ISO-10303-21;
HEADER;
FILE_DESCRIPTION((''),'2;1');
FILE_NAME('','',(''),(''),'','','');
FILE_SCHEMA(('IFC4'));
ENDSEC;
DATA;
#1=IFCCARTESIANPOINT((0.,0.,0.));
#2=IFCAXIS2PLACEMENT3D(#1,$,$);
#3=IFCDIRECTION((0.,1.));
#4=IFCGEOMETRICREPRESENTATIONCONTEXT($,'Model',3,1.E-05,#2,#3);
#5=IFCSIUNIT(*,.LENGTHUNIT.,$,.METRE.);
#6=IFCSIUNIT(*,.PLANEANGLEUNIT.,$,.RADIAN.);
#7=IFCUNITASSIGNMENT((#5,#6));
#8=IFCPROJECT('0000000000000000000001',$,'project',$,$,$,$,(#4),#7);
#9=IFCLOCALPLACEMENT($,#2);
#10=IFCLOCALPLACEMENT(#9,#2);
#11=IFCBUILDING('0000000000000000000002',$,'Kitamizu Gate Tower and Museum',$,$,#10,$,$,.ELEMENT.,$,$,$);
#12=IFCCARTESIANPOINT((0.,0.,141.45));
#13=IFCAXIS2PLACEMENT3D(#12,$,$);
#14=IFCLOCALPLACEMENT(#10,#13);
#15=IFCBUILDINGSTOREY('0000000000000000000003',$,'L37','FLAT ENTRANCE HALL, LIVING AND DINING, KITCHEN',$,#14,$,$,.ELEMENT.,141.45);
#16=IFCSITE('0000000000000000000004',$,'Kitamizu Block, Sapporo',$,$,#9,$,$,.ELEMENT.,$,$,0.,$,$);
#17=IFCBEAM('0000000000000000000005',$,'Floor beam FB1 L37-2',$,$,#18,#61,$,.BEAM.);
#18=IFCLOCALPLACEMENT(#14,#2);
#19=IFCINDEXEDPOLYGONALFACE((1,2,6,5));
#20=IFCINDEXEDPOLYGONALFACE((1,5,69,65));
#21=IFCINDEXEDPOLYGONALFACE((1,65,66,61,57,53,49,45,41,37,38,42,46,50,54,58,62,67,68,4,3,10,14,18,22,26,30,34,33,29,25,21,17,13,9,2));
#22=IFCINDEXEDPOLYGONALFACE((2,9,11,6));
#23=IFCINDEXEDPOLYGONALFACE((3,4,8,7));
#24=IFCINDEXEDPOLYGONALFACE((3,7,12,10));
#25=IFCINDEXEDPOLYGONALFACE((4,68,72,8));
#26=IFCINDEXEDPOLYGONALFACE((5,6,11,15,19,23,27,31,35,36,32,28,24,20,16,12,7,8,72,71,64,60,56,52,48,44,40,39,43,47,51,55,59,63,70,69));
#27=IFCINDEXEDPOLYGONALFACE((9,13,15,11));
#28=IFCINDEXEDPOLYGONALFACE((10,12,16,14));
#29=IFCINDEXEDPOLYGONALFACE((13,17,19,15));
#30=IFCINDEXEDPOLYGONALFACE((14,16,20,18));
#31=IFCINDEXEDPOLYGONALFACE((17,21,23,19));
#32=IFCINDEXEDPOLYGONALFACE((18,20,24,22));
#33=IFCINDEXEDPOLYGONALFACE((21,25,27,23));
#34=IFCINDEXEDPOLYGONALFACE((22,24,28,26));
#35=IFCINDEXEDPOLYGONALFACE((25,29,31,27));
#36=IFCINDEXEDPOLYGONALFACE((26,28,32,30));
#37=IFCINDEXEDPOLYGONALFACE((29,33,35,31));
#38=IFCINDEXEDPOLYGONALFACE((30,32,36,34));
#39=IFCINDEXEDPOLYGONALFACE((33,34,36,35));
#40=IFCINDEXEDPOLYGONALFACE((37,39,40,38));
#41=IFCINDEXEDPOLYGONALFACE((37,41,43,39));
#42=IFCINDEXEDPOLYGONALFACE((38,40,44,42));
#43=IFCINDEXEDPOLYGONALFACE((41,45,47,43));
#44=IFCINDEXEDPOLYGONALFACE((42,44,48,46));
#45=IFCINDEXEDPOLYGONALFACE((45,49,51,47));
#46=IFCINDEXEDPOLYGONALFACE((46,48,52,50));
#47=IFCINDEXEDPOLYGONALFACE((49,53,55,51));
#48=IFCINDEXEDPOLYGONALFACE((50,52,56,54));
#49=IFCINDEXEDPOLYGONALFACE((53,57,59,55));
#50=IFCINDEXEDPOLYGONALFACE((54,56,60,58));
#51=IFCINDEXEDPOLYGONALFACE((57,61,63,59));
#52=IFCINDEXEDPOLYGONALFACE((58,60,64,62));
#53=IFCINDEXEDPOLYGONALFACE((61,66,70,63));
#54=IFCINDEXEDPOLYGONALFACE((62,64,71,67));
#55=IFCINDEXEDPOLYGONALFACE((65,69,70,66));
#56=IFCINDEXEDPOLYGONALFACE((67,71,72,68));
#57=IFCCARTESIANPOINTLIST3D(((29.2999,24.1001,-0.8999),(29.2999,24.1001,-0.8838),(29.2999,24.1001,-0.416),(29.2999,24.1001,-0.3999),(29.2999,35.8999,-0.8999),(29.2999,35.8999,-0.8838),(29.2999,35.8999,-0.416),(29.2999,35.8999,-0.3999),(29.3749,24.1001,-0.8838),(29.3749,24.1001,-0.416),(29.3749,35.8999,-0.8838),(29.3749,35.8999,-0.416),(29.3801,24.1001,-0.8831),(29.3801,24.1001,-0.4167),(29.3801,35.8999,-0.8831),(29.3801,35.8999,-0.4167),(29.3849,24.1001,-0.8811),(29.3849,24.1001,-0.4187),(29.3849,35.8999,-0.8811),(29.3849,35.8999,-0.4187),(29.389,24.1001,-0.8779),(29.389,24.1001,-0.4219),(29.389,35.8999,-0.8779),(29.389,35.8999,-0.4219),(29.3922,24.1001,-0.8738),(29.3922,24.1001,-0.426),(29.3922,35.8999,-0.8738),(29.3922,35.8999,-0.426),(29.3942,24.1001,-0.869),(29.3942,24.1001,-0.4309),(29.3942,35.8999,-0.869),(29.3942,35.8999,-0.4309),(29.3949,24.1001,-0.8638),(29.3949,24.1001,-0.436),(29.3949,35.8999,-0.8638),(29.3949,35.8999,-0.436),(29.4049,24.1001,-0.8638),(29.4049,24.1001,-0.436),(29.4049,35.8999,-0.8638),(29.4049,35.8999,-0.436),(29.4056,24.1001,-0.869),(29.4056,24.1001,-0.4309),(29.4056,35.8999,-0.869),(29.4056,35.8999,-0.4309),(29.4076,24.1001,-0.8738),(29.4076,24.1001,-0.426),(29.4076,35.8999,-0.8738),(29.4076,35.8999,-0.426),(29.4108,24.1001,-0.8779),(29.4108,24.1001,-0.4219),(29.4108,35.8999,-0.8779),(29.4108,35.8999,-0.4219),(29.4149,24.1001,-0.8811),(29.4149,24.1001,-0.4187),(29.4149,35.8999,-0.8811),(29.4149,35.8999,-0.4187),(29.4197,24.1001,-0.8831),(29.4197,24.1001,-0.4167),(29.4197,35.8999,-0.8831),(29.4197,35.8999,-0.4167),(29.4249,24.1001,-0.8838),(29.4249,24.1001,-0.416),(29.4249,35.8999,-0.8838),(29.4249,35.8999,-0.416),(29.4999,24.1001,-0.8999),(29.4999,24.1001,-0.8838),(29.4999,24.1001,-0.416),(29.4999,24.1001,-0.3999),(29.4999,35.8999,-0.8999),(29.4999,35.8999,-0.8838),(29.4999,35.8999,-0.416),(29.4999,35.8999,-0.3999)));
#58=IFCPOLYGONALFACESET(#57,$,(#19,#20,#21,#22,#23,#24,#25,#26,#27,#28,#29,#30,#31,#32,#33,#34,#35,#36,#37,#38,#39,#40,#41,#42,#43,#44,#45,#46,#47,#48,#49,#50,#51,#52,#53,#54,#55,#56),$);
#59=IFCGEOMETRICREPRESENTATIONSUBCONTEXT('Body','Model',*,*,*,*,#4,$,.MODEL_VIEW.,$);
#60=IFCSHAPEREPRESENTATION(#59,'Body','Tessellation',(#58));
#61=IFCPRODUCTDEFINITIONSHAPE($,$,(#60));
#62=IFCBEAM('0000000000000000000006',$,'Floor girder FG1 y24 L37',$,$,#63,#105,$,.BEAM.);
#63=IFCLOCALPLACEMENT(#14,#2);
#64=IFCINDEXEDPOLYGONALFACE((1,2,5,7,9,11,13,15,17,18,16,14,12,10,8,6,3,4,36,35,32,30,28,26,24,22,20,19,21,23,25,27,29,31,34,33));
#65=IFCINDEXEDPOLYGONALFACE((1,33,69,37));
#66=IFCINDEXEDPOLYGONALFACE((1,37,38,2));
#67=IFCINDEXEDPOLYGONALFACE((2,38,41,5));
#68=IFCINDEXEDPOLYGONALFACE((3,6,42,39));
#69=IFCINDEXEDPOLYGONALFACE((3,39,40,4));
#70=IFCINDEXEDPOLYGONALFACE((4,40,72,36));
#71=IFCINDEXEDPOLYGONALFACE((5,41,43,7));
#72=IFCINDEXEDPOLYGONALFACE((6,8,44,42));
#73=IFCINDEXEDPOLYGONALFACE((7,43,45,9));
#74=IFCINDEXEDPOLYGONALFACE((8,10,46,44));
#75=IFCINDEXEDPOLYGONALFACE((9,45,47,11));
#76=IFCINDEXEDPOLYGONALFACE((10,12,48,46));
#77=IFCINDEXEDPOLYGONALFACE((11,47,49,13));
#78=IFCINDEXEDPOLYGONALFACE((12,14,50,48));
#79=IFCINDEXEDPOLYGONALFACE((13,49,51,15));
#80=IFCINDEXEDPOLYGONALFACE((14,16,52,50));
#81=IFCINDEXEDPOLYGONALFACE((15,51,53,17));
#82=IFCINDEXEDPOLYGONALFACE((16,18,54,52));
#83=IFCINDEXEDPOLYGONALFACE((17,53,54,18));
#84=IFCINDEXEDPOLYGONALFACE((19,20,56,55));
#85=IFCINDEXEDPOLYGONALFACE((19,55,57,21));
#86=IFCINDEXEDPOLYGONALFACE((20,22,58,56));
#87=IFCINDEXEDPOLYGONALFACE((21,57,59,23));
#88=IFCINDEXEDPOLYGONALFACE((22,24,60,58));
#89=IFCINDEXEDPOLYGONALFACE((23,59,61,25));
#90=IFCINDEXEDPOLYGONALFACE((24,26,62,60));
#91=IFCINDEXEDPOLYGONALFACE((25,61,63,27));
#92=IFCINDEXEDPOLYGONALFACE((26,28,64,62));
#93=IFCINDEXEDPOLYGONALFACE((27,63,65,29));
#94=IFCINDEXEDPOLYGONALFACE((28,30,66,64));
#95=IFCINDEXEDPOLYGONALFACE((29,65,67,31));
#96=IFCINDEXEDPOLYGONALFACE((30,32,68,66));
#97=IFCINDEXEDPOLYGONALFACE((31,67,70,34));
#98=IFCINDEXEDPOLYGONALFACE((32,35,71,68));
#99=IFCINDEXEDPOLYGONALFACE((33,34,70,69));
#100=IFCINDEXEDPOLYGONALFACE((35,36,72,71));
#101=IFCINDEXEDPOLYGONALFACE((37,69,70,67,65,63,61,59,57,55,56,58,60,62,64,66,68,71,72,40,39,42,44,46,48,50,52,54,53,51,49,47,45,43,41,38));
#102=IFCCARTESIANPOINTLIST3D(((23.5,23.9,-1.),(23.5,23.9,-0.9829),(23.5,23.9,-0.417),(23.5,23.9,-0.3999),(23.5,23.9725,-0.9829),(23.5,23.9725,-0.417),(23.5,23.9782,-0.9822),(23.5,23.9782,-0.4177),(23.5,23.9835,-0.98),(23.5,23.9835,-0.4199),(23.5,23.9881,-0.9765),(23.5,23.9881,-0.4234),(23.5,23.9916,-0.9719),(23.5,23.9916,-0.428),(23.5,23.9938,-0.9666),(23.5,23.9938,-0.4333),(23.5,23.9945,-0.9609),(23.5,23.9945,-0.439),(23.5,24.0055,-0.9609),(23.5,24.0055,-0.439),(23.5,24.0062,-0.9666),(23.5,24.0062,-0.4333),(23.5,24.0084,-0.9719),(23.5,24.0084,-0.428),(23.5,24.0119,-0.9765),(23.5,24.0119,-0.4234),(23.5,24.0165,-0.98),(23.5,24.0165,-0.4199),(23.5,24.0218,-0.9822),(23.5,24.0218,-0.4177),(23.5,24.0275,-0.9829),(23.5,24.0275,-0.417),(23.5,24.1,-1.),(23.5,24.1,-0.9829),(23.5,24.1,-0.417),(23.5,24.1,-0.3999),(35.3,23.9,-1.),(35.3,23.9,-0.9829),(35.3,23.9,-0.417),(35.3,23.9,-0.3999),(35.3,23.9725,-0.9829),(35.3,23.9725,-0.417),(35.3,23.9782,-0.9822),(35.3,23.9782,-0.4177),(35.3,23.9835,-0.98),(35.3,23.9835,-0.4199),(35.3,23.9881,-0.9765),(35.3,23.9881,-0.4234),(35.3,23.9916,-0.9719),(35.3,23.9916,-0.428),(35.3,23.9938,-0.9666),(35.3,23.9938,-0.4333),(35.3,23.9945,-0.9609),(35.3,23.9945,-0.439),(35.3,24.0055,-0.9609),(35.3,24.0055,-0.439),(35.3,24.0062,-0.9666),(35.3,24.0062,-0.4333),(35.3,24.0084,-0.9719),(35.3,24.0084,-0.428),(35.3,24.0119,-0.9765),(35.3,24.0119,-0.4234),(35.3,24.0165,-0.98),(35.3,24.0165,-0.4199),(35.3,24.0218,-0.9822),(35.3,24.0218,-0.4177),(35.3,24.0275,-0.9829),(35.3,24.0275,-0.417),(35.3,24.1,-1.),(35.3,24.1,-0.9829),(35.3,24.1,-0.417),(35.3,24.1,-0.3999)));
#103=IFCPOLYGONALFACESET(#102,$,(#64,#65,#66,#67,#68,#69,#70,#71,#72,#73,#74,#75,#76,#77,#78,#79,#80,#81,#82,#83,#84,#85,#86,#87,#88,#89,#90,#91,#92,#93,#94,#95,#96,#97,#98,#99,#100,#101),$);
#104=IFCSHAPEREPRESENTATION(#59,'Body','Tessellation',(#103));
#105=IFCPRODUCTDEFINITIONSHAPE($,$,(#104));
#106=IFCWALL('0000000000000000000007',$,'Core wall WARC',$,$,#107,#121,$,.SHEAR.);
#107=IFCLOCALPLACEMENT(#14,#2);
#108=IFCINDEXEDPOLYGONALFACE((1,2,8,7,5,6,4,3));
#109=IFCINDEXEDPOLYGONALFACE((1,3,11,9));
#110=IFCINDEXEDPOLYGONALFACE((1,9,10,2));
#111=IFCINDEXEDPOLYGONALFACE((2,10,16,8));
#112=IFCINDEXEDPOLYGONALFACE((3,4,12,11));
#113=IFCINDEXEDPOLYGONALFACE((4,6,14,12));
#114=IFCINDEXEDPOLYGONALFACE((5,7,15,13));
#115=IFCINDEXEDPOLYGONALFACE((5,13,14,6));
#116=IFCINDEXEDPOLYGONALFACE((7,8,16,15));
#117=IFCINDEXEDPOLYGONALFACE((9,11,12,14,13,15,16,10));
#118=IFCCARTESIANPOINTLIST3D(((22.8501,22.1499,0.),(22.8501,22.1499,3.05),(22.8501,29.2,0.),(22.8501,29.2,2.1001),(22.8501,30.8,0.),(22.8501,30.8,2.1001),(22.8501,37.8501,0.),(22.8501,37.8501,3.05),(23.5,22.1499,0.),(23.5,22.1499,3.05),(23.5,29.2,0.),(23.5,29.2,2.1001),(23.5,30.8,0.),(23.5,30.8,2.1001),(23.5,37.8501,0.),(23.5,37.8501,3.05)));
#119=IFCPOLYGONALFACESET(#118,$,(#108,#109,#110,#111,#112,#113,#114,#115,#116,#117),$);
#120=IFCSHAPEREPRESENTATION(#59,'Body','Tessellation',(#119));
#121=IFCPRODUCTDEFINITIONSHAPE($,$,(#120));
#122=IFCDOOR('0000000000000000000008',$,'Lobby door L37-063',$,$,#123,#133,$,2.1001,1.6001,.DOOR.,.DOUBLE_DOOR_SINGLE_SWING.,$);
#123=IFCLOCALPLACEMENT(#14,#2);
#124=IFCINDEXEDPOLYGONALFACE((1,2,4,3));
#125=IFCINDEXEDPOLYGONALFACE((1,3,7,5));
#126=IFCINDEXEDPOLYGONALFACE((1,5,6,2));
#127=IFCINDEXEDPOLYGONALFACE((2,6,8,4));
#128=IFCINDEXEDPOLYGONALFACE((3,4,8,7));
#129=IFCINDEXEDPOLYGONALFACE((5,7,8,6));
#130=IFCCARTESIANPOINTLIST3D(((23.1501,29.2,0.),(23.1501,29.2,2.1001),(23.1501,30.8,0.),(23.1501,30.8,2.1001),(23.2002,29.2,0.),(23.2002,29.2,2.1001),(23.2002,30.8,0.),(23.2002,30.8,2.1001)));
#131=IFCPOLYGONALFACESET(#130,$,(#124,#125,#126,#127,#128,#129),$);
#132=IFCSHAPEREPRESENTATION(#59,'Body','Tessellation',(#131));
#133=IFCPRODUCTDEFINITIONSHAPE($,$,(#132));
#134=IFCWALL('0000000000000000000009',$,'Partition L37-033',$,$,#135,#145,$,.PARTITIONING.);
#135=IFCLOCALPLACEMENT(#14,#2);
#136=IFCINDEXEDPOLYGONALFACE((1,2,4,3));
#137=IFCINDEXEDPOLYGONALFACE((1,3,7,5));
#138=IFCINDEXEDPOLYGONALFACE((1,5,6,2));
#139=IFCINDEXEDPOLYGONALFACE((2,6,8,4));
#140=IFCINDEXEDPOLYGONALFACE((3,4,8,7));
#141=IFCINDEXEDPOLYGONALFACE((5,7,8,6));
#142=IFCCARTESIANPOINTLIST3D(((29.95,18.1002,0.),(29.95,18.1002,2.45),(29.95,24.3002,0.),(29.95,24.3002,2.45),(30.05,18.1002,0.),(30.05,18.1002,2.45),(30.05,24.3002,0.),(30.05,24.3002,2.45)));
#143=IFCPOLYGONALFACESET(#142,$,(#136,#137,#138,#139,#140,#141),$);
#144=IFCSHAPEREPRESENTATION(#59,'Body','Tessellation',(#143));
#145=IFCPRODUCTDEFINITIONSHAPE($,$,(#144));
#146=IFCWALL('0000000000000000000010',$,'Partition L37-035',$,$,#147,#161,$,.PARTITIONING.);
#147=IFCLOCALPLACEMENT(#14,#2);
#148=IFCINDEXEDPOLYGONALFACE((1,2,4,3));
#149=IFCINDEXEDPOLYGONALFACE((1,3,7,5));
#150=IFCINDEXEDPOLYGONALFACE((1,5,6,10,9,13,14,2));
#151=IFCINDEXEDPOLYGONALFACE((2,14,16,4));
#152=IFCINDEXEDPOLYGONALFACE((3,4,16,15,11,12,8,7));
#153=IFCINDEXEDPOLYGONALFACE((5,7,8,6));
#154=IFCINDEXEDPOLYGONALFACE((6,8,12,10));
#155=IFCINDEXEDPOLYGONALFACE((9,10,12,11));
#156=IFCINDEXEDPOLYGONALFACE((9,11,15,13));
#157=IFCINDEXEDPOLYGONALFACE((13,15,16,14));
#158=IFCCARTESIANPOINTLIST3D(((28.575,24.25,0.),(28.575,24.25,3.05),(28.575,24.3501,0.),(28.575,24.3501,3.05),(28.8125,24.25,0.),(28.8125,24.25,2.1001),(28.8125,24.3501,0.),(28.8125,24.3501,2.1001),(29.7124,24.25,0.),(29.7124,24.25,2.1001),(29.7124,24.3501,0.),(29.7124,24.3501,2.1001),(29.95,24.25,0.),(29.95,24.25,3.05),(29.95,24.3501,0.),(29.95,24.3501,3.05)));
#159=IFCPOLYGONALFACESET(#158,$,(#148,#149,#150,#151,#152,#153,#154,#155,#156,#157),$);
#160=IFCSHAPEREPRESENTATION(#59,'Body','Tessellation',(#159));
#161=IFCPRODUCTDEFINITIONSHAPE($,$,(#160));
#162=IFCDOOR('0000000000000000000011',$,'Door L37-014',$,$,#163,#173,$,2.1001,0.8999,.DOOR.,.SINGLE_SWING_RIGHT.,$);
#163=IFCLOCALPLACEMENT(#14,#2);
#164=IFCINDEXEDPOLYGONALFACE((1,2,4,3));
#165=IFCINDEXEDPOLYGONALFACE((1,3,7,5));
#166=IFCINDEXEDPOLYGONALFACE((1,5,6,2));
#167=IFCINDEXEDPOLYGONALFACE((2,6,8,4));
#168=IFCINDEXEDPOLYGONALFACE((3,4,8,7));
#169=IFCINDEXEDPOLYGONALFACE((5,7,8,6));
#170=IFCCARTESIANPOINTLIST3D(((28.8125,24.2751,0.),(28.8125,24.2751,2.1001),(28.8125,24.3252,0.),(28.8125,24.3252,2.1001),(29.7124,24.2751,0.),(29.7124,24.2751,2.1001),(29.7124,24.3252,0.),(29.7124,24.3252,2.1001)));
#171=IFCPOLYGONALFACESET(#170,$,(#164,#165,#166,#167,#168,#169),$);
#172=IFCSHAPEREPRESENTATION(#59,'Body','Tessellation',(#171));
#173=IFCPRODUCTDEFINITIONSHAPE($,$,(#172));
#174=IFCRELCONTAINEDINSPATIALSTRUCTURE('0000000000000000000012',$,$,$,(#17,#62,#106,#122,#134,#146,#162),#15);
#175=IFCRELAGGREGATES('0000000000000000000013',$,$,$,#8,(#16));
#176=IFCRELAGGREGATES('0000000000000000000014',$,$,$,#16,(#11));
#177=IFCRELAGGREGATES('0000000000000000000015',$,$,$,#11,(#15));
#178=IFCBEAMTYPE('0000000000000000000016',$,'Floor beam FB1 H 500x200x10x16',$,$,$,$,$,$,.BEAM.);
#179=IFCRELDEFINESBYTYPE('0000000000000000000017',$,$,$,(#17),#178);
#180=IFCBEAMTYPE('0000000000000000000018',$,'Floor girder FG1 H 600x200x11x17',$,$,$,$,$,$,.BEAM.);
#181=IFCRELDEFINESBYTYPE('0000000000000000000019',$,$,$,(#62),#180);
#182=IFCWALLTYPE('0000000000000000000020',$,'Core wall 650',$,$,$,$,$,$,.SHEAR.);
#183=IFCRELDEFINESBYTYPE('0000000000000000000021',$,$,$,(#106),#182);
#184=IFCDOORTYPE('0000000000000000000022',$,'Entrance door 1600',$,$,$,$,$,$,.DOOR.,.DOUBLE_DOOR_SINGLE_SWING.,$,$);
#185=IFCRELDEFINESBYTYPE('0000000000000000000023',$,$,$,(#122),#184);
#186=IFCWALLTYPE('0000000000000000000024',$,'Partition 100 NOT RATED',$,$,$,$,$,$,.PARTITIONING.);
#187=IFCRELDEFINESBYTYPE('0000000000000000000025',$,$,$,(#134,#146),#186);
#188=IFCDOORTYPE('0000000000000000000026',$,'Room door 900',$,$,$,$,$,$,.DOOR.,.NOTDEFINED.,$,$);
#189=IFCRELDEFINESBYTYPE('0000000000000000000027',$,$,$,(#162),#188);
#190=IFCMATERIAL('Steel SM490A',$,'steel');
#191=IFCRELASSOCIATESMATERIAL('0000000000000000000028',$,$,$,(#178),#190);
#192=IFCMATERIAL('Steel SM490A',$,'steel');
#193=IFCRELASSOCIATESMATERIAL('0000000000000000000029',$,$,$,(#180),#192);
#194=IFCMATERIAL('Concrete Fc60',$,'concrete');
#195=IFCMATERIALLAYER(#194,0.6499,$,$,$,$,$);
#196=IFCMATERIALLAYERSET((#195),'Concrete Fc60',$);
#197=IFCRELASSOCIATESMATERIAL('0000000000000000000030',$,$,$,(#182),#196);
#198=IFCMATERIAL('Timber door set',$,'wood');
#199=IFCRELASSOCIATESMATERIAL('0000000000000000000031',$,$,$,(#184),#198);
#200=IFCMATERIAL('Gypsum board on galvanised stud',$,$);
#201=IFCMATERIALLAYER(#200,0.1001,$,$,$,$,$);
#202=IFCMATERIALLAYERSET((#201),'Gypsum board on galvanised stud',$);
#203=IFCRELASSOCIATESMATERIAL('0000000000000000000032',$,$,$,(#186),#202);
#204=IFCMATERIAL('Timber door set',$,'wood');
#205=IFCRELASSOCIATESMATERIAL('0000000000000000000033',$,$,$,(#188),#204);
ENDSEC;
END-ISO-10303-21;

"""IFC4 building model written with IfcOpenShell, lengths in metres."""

from ifc_helpers import new_model, si_unit, direction, frame, frame_2d, origin, origin_2d, place, context, subcontext, project, spatial, rectangle, i_section, extrude, material, layer, layer_set, material_profile, profile_set, type_object, element, fill, save


model = new_model("IFC4")

# Units and contexts
model_context = context("Model", 3, precision=1e-05, world=origin(), true_north=direction((0.0, 1.0)))
body_context = subcontext(model_context, "Body", "Model", "MODEL_VIEW")
ifc_project = project(units=[si_unit("LENGTHUNIT", "METRE"), si_unit("PLANEANGLEUNIT", "RADIAN")], contexts=[model_context])

# Site, building, storey
site_placement = place(None, origin())
site = spatial("IfcSite", under=ifc_project, at=site_placement, Name="Kitamizu Block, Sapporo", CompositionType="ELEMENT", RefElevation=0.0)
building_placement = place(site_placement, origin())
building = spatial("IfcBuilding", under=site, at=building_placement, Name="Kitamizu Gate Tower and Museum", CompositionType="ELEMENT")
storey_placement = place(building_placement, frame((0.0, 0.0, 141.45)))
storey = spatial("IfcBuildingStorey", under=building, at=storey_placement, Name="L37", Description="FLAT ENTRANCE HALL, LIVING AND DINING, KITCHEN", CompositionType="ELEMENT", Elevation=141.45)

# Beams
ifc_material_1 = material(Name="Steel SM490A", Category="steel")
ifc_material_profile_1 = material_profile(ifc_material_1, i_section(OverallWidth=0.2, OverallDepth=0.5, WebThickness=0.01, FlangeThickness=0.0161, FilletRadius=0.02, at=origin_2d()), Name="H-500x200x10x16")
ifc_profile_set_1 = profile_set([ifc_material_profile_1], Name="Steel SM490A")
beam_type_1 = type_object("IfcBeamType", Name="Floor beam FB1 H 500x200x10x16", PredefinedType="BEAM", material=ifc_profile_set_1)
beam_1_placement = place(storey_placement, frame((29.3999, 24.1001, -0.6499), z_axis=(0.0, 1.0, 0.0), x_axis=(-1.0, 0.0, 0.0)))
element("IfcBeam", 1, at=beam_1_placement, inside=storey, type_object=beam_type_1, Name="Floor beam FB1 L37-2", PredefinedType="BEAM", context=body_context, shape_type="SweptSolid", body=[
    extrude(i_section(OverallWidth=0.2, OverallDepth=0.5, WebThickness=0.01, FlangeThickness=0.0161, FilletRadius=0.02, at=origin_2d()), origin(), (0.0, 0.0, 1.0), 11.7998),
])
ifc_material_2 = material(Name="Steel SM490A", Category="steel")
ifc_material_profile_2 = material_profile(ifc_material_2, i_section(OverallWidth=0.2, OverallDepth=0.6001, WebThickness=0.011, FlangeThickness=0.0171, FilletRadius=0.022, at=origin_2d()), Name="H-600x200x11x17")
ifc_profile_set_2 = profile_set([ifc_material_profile_2], Name="Steel SM490A")
beam_type_2 = type_object("IfcBeamType", Name="Floor girder FG1 H 600x200x11x17", PredefinedType="BEAM", material=ifc_profile_set_2)
beam_2_placement = place(storey_placement, frame((23.5, 24.0, -0.7), z_axis=(1.0, 0.0, 0.0), x_axis=(0.0, 1.0, 0.0)))
element("IfcBeam", 2, at=beam_2_placement, inside=storey, type_object=beam_type_2, Name="Floor girder FG1 y24 L37", PredefinedType="BEAM", context=body_context, shape_type="SweptSolid", body=[
    extrude(i_section(OverallWidth=0.2, OverallDepth=0.6001, WebThickness=0.011, FlangeThickness=0.0171, FilletRadius=0.022, at=origin_2d()), origin(), (0.0, 0.0, 1.0), 11.8),
])

# Wall, opening, door
ifc_material_3 = material(Name="Concrete Fc60", Category="concrete")
ifc_layer_1 = layer(ifc_material_3, 0.6499)
ifc_layer_set_1 = layer_set([ifc_layer_1], Name="Concrete Fc60")
wall_type_1 = type_object("IfcWallType", Name="Core wall 650", PredefinedType="SHEAR", material=ifc_layer_set_1)
wall_1_placement = place(storey_placement, frame((23.175, 22.1499, 0.0), z_axis=(0.0, 0.0, 1.0), x_axis=(0.0, 1.0, 0.0)))
wall_1 = element("IfcWall", 3, at=wall_1_placement, inside=storey, type_object=wall_type_1, Name="Core wall WARC", PredefinedType="SHEAR", context=body_context, shape_type="SweptSolid", body=[
    extrude(rectangle(XDim=15.7002, YDim=0.6499, at=frame_2d((7.8501, 0.0))), origin(), (0.0, 0.0, 1.0), 3.05),
])
opening_1_placement = place(wall_1_placement, frame((7.05, 0.0, 0.0)))
opening_1 = element("IfcOpeningElement", 4, at=opening_1_placement, cuts=wall_1, PredefinedType="OPENING", context=body_context, shape_type="SweptSolid", body=[
    extrude(rectangle(XDim=1.6001, YDim=2.1001, at=frame_2d((0.8, 1.05))), frame((0.0, 0.335, 0.0), z_axis=(0.0, -1.0, 0.0), x_axis=(1.0, 0.0, 0.0)), (0.0, 0.0, 1.0), 0.6699),
])
ifc_material_4 = material(Name="Timber door set", Category="wood")
door_type_1 = type_object("IfcDoorType", Name="Entrance door 1600", OperationType="DOUBLE_DOOR_SINGLE_SWING", PredefinedType="DOOR", material=ifc_material_4)
door_1_placement = place(opening_1_placement, origin())
door_1 = element("IfcDoor", 5, at=door_1_placement, inside=storey, type_object=door_type_1, Name="Lobby door L37-063", OperationType="DOUBLE_DOOR_SINGLE_SWING", OverallHeight=2.1001, OverallWidth=1.6001, PredefinedType="DOOR", context=body_context, shape_type="SweptSolid", body=[
    extrude(rectangle(XDim=1.6001, YDim=2.1001, at=frame_2d((0.8, 1.05))), frame((0.0, 0.0249, 0.0), z_axis=(0.0, -1.0, 0.0), x_axis=(1.0, 0.0, 0.0)), (0.0, 0.0, 1.0), 0.05),
])
fill(opening_1, door_1)

# Wall
ifc_material_5 = material(Name="Gypsum board on galvanised stud")
ifc_layer_2 = layer(ifc_material_5, 0.1001)
ifc_layer_set_2 = layer_set([ifc_layer_2], Name="Gypsum board on galvanised stud")
wall_type_2 = type_object("IfcWallType", Name="Partition 100 NOT RATED", PredefinedType="PARTITIONING", material=ifc_layer_set_2)
wall_2_placement = place(storey_placement, frame((30.0, 18.1001, 0.0), z_axis=(0.0, 0.0, 1.0), x_axis=(0.0, 1.0, 0.0)))
element("IfcWall", 6, at=wall_2_placement, inside=storey, type_object=wall_type_2, Name="Partition L37-033", PredefinedType="PARTITIONING", context=body_context, shape_type="SweptSolid", body=[
    extrude(rectangle(XDim=6.2, YDim=0.1001, at=frame_2d((3.1001, 0.0))), origin(), (0.0, 0.0, 1.0), 2.45),
])

# Wall, opening, door
wall_3_placement = place(storey_placement, frame((29.95, 24.3, 0.0), z_axis=(0.0, 0.0, 1.0), x_axis=(-1.0, 0.0, 0.0)))
wall_3 = element("IfcWall", 7, at=wall_3_placement, inside=storey, type_object=wall_type_2, Name="Partition L37-035", PredefinedType="PARTITIONING", context=body_context, shape_type="SweptSolid", body=[
    extrude(rectangle(XDim=1.375, YDim=0.1001, at=frame_2d((0.6875, 0.0))), origin(), (0.0, 0.0, 1.0), 3.05),
])
opening_2_placement = place(wall_3_placement, frame((0.2375, 0.0, 0.0)))
opening_2 = element("IfcOpeningElement", 8, at=opening_2_placement, cuts=wall_3, PredefinedType="OPENING", context=body_context, shape_type="SweptSolid", body=[
    extrude(rectangle(XDim=0.8999, YDim=2.1001, at=frame_2d((0.45, 1.05))), frame((0.0, 0.0601, 0.0), z_axis=(0.0, -1.0, 0.0), x_axis=(1.0, 0.0, 0.0)), (0.0, 0.0, 1.0), 0.1201),
])
ifc_material_6 = material(Name="Timber door set", Category="wood")
door_type_2 = type_object("IfcDoorType", Name="Room door 900", OperationType="NOTDEFINED", PredefinedType="DOOR", material=ifc_material_6)
door_2_placement = place(opening_2_placement, origin())
door_2 = element("IfcDoor", 9, at=door_2_placement, inside=storey, type_object=door_type_2, Name="Door L37-014", OperationType="SINGLE_SWING_RIGHT", OverallHeight=2.1001, OverallWidth=0.8999, PredefinedType="DOOR", context=body_context, shape_type="SweptSolid", body=[
    extrude(rectangle(XDim=0.8999, YDim=2.1001, at=frame_2d((0.45, 1.05))), frame((0.0, 0.0249, 0.0), z_axis=(0.0, -1.0, 0.0), x_axis=(1.0, 0.0, 0.0)), (0.0, 0.0, 1.0), 0.05),
])
fill(opening_2, door_2)

save(model, "model.ifc")
